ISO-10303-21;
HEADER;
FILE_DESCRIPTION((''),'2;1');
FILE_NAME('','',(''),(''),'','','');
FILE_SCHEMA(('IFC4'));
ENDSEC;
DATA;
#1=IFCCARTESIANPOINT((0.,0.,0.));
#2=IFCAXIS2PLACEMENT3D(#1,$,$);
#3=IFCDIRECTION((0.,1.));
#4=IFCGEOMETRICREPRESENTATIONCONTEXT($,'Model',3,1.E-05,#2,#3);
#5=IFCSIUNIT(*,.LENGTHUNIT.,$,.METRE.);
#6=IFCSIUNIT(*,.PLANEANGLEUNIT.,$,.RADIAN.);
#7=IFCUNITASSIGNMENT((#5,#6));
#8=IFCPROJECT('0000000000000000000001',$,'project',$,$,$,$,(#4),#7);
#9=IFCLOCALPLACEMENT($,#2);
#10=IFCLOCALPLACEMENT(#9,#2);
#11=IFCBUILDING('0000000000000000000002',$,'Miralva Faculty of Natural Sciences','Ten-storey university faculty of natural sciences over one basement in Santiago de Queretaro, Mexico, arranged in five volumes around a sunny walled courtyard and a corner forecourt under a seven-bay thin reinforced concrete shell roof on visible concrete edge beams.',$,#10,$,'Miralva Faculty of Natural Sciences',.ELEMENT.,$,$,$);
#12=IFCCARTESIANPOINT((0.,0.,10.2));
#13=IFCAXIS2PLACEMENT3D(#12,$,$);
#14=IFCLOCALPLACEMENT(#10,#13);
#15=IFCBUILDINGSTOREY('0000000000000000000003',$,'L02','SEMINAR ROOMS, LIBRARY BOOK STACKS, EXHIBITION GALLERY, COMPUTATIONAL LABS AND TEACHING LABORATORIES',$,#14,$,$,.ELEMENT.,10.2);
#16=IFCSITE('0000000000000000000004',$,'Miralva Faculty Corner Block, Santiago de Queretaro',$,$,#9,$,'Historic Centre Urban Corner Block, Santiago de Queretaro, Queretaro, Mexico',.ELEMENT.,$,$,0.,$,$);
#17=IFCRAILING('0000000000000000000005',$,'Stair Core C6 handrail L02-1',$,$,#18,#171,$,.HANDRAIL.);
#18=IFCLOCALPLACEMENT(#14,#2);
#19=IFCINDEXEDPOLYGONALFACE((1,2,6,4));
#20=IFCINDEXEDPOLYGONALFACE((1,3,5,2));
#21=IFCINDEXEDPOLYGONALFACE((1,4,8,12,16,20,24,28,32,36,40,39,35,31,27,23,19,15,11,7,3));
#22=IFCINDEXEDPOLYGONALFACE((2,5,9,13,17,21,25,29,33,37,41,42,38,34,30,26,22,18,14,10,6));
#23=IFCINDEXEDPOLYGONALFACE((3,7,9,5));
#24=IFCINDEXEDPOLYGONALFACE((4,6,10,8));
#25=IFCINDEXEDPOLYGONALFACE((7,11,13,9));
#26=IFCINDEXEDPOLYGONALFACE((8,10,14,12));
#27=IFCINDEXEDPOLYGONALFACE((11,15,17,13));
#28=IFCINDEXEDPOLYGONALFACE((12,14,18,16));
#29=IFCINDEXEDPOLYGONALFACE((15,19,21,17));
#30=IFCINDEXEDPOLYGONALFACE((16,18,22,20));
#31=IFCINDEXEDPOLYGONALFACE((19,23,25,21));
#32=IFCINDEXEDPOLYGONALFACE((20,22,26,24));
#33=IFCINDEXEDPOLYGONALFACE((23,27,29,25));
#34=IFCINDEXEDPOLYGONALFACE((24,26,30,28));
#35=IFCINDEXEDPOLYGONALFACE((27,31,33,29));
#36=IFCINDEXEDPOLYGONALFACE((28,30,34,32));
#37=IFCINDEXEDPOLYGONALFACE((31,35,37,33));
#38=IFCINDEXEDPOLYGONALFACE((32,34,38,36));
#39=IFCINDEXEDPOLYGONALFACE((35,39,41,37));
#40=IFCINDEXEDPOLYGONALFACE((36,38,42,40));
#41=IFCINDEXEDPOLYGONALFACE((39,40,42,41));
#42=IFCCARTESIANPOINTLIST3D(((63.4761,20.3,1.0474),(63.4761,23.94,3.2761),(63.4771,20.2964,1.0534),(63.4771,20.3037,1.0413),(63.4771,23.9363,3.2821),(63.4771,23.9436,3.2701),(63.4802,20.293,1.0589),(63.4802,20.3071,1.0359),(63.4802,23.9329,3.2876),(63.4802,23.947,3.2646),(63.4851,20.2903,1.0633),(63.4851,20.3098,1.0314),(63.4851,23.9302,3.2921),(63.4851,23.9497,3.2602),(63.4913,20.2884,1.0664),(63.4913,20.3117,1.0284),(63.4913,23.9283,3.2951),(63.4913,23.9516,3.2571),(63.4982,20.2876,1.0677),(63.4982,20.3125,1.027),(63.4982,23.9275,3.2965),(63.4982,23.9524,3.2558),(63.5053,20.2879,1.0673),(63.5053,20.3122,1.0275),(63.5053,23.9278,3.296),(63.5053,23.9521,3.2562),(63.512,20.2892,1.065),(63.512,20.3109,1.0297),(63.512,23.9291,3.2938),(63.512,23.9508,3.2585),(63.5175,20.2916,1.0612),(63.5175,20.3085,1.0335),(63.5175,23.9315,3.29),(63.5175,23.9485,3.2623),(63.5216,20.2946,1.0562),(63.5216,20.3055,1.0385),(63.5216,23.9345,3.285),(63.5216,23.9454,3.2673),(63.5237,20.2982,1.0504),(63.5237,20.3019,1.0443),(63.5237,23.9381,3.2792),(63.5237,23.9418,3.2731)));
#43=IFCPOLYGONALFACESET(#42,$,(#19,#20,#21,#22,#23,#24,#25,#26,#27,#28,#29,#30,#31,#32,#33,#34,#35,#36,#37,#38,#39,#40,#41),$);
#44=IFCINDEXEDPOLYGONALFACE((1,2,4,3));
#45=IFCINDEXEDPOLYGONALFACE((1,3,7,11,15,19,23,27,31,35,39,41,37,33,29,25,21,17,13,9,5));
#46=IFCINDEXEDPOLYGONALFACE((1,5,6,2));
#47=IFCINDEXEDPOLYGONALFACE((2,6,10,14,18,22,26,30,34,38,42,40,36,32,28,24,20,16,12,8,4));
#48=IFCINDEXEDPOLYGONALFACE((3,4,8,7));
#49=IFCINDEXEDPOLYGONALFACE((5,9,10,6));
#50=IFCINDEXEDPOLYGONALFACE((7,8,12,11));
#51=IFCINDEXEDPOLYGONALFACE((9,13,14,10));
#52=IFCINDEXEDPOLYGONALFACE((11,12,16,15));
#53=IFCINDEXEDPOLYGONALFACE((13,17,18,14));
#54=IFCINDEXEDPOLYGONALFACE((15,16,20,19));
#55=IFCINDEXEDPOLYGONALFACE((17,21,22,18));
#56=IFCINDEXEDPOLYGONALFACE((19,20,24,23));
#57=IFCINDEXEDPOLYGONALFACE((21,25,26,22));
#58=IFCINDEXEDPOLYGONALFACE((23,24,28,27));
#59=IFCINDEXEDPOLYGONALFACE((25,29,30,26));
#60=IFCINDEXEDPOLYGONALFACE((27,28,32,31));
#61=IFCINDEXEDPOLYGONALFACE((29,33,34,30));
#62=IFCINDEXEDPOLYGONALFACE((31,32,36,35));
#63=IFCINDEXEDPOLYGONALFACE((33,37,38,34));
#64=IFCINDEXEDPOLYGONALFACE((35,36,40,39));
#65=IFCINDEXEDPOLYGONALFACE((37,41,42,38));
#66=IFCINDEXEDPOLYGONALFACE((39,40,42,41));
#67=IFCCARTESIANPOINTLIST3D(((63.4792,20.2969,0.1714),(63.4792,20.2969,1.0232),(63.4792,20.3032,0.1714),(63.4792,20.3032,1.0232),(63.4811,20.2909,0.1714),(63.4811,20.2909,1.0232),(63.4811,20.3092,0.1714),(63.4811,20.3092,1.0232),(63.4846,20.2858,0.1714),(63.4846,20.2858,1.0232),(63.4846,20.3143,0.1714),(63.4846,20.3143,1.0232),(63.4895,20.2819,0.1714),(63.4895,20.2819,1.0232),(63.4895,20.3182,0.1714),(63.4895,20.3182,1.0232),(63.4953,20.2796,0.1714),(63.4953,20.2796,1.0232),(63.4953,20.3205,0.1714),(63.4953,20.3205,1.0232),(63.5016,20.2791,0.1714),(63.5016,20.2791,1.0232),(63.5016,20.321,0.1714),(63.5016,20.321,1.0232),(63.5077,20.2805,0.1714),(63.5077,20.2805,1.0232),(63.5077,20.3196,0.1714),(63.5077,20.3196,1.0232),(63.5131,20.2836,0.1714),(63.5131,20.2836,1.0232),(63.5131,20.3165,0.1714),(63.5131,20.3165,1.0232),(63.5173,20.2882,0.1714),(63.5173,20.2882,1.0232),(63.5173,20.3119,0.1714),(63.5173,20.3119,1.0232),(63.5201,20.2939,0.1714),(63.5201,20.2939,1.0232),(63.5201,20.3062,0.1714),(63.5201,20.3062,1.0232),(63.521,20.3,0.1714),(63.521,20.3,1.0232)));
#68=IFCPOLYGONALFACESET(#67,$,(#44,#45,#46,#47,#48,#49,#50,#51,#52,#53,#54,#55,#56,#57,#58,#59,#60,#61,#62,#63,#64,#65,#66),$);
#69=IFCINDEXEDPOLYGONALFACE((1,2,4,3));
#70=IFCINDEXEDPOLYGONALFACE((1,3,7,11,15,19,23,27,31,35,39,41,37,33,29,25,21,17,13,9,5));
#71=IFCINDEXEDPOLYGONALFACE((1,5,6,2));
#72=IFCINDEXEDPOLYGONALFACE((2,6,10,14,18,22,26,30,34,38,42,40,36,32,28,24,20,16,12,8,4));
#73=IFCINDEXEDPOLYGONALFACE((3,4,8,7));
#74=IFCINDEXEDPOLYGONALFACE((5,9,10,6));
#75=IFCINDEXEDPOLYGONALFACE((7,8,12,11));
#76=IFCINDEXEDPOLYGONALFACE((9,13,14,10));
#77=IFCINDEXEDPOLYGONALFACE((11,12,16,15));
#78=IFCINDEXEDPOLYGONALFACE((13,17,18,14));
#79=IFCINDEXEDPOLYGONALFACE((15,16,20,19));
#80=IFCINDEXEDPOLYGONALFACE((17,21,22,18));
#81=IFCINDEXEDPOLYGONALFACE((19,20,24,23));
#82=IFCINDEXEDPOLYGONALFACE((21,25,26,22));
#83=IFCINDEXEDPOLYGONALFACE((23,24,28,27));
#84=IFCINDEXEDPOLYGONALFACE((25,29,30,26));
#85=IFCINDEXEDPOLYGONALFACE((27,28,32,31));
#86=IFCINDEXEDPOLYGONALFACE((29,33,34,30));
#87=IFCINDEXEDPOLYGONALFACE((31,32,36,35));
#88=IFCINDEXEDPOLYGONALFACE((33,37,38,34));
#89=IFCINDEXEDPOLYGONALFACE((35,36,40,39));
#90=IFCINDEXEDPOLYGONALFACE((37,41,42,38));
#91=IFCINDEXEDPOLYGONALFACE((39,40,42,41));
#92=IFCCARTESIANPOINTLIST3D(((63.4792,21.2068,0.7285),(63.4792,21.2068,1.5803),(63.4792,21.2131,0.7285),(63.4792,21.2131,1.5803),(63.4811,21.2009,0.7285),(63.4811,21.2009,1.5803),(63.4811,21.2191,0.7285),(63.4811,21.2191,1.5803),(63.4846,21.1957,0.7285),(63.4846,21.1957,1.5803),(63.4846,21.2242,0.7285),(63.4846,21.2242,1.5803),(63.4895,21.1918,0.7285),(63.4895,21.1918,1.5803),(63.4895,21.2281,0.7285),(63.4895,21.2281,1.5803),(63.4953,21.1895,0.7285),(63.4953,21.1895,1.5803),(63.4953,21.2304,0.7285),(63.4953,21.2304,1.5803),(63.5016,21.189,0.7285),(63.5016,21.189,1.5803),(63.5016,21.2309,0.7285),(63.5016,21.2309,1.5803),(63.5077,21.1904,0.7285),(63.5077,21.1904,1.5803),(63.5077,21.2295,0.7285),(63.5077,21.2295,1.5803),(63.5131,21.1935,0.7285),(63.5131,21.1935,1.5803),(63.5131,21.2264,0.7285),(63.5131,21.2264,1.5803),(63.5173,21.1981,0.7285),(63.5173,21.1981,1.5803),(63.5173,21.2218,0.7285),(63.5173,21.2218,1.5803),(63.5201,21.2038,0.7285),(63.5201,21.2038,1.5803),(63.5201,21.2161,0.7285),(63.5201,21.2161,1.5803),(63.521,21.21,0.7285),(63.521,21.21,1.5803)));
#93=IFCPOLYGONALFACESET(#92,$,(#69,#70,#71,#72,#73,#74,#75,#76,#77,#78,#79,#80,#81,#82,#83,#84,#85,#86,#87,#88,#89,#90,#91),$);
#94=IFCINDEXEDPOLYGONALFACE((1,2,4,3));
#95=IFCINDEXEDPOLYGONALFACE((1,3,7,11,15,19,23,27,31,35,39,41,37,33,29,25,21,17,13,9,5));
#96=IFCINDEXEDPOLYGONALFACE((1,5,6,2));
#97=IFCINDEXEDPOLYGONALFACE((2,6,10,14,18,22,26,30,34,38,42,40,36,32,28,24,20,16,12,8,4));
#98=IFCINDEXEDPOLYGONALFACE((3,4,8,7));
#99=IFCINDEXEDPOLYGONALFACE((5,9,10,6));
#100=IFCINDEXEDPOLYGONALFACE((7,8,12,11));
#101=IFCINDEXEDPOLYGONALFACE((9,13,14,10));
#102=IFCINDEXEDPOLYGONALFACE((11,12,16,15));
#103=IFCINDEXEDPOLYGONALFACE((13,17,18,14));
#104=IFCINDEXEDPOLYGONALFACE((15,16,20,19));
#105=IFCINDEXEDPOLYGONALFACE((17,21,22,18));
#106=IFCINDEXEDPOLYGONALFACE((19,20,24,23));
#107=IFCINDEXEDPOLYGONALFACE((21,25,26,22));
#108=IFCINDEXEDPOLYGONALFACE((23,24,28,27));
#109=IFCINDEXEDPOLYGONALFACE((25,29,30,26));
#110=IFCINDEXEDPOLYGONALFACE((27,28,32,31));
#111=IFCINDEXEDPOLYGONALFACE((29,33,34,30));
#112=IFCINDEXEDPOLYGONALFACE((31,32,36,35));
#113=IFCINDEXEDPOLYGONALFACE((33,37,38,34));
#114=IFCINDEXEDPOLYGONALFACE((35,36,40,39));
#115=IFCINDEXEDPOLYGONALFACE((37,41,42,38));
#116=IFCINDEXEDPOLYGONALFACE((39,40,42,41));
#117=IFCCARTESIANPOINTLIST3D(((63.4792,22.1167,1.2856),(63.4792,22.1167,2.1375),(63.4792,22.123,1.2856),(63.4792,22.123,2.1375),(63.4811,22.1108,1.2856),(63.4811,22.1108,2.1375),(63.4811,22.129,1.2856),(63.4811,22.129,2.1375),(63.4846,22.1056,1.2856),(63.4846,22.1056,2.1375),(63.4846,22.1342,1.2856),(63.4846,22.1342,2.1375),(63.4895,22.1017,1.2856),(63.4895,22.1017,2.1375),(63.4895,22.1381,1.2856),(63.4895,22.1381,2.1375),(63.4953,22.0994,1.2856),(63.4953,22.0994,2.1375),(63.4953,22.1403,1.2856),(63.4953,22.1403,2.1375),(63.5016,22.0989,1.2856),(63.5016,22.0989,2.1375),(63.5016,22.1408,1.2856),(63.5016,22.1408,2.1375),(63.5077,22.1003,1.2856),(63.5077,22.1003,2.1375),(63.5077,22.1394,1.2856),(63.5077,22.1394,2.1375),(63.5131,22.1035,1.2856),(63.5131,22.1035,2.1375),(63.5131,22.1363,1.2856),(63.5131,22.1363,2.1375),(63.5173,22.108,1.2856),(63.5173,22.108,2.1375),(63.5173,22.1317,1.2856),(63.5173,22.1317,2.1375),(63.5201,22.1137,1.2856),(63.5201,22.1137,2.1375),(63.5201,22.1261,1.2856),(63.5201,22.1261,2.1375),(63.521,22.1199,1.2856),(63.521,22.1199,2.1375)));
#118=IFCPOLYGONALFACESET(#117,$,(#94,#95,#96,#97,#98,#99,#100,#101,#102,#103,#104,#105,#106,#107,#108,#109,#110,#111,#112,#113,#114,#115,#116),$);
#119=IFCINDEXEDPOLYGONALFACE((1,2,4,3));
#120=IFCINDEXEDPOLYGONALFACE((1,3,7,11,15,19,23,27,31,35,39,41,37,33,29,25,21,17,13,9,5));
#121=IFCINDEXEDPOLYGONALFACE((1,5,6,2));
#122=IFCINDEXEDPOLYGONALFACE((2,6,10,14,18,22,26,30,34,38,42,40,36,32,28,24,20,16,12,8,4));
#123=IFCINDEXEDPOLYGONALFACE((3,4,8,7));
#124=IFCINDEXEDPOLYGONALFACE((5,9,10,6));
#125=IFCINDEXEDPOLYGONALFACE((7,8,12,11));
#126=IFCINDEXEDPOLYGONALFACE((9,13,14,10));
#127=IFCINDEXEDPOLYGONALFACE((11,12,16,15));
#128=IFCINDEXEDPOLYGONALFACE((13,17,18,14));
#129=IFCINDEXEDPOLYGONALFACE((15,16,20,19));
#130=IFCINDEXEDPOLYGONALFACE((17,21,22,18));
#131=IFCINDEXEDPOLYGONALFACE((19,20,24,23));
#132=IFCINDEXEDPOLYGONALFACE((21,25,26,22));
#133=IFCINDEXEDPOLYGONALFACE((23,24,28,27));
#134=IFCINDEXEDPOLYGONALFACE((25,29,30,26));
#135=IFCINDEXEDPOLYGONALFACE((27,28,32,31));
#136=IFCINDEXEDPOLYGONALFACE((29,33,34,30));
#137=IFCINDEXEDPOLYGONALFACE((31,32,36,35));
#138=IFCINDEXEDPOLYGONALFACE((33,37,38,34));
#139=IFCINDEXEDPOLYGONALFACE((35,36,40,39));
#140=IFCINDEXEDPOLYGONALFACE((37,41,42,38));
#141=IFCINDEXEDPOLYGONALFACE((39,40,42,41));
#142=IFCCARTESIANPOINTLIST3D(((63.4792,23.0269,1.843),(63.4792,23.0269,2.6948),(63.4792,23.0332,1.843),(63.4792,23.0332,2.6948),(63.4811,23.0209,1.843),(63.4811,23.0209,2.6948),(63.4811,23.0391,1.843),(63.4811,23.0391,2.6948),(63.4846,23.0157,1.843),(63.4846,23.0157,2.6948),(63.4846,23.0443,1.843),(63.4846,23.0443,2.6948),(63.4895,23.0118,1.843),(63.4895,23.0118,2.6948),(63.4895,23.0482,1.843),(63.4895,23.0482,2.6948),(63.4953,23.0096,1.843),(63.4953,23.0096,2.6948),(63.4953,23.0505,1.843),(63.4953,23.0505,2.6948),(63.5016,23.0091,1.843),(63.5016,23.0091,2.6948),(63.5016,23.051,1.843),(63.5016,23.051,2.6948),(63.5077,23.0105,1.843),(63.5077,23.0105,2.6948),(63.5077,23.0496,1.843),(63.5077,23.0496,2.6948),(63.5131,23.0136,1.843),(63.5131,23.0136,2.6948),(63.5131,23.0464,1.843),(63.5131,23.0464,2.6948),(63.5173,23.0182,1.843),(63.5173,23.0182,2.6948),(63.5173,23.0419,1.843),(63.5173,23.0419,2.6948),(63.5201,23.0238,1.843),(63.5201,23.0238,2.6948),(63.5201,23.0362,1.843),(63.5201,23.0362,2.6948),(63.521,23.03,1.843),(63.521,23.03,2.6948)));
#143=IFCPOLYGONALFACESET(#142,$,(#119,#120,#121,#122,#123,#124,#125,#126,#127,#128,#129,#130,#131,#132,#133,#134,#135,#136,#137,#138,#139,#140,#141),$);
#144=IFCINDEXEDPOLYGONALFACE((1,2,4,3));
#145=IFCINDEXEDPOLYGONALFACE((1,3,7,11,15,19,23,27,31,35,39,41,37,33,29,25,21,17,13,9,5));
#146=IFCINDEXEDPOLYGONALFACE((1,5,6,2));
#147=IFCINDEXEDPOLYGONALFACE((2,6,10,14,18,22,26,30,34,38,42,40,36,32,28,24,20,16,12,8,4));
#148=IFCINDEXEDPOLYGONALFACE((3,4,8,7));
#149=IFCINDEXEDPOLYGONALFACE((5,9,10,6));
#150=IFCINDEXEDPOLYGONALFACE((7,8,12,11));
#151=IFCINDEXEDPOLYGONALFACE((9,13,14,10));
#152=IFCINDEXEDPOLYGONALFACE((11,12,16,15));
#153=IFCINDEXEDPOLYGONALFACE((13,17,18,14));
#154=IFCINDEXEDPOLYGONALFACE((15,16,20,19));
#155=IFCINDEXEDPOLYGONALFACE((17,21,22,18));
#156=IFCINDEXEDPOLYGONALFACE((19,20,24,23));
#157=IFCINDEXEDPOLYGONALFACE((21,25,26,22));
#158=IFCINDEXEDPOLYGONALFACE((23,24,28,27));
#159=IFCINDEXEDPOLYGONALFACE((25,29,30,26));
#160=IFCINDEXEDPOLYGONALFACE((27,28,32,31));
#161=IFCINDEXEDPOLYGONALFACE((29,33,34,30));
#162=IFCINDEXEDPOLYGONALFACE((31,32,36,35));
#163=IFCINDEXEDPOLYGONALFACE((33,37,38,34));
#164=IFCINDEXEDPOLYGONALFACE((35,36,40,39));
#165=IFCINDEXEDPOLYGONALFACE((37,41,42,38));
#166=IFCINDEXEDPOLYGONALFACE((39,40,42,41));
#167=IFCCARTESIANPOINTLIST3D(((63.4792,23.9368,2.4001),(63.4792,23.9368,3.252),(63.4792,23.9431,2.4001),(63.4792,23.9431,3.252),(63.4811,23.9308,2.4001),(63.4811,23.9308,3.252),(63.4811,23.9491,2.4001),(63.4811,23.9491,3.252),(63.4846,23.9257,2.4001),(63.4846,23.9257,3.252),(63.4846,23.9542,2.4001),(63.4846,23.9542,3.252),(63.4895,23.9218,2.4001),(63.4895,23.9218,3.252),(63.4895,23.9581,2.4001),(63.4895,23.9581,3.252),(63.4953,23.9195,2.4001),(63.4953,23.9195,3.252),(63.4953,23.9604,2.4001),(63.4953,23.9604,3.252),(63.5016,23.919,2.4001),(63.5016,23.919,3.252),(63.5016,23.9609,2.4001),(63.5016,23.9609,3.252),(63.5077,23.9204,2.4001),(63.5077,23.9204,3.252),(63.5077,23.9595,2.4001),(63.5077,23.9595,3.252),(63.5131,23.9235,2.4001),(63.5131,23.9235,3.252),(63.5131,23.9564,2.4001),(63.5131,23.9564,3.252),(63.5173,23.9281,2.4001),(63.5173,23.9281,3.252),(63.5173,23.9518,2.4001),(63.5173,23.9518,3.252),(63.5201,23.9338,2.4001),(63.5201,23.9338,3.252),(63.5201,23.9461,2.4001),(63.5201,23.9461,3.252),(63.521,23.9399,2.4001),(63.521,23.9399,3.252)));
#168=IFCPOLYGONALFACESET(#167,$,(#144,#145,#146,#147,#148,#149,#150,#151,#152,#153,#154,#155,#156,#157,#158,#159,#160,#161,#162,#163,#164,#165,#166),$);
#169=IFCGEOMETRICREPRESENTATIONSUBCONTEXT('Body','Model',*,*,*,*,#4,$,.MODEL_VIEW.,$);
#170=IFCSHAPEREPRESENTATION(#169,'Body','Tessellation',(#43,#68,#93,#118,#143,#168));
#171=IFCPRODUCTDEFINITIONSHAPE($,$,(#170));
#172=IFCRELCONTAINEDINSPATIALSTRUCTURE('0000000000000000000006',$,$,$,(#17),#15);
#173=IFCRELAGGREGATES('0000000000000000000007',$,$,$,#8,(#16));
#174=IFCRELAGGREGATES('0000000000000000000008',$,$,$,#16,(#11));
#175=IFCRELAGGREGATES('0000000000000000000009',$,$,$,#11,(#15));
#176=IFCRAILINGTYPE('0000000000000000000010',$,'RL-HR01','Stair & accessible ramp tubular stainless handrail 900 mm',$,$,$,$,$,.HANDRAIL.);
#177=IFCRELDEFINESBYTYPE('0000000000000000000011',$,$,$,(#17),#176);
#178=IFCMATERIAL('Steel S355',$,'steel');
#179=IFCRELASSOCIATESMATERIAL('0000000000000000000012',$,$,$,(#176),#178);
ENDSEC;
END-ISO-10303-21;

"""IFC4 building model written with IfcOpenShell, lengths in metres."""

from ifc_helpers import new_model, si_unit, direction, frame, origin, origin_2d, place, context, subcontext, project, spatial, circle, extrude, material, type_object, element, save


model = new_model("IFC4")

# Units and contexts
model_context = context("Model", 3, precision=1e-05, world=origin(), true_north=direction((0.0, 1.0)))
body_context = subcontext(model_context, "Body", "Model", "MODEL_VIEW")
ifc_project = project(units=[si_unit("LENGTHUNIT", "METRE"), si_unit("PLANEANGLEUNIT", "RADIAN")], contexts=[model_context])

# Site, building, storey
site_placement = place(None, origin())
site = spatial("IfcSite", under=ifc_project, at=site_placement, Name="Miralva Faculty Corner Block, Santiago de Queretaro", LongName="Historic Centre Urban Corner Block, Santiago de Queretaro, Queretaro, Mexico", CompositionType="ELEMENT", RefElevation=0.0)
building_placement = place(site_placement, origin())
building = spatial("IfcBuilding", under=site, at=building_placement, Name="Miralva Faculty of Natural Sciences", Description="Ten-storey university faculty of natural sciences over one basement in Santiago de Queretaro, Mexico, arranged in five volumes around a sunny walled courtyard and a corner forecourt under a seven-bay thin reinforced concrete shell roof on visible concrete edge beams.", LongName="Miralva Faculty of Natural Sciences", CompositionType="ELEMENT")
storey_placement = place(building_placement, frame((0.0, 0.0, 10.2)))
storey = spatial("IfcBuildingStorey", under=building, at=storey_placement, Name="L02", Description="SEMINAR ROOMS, LIBRARY BOOK STACKS, EXHIBITION GALLERY, COMPUTATIONAL LABS AND TEACHING LABORATORIES", CompositionType="ELEMENT", Elevation=10.2)

# Railing
ifc_material_1 = material(Name="Steel S355", Category="steel")
railing_type_1 = type_object("IfcRailingType", Name="RL-HR01", Description="Stair & accessible ramp tubular stainless handrail 900 mm", PredefinedType="HANDRAIL", material=ifc_material_1)
railing_1_placement = place(storey_placement, frame((63.5, 20.3, 0.1714)))
element("IfcRailing", 1, at=railing_1_placement, inside=storey, type_object=railing_type_1, Name="Stair Core C6 handrail L02-1", PredefinedType="HANDRAIL", context=body_context, shape_type="SweptSolid", body=[
    extrude(circle(Radius=0.0239, at=origin_2d()), frame((0.0, 0.0, 0.876), z_axis=(0.0, 0.852825, 0.522197), x_axis=(-1.0, 0.0, 0.0)), (0.0, 0.0, 1.0), 4.2681),
    extrude(circle(Radius=0.021, at=origin_2d()), origin(), (0.0, 0.0, 1.0), 0.8518),
    extrude(circle(Radius=0.021, at=origin_2d()), frame((0.0, 0.9099, 0.5571)), (0.0, 0.0, 1.0), 0.8518),
    extrude(circle(Radius=0.021, at=origin_2d()), frame((0.0, 1.8198, 1.1143)), (0.0, 0.0, 1.0), 0.8518),
    extrude(circle(Radius=0.021, at=origin_2d()), frame((0.0, 2.73, 1.6716)), (0.0, 0.0, 1.0), 0.8518),
    extrude(circle(Radius=0.021, at=origin_2d()), frame((0.0, 3.6399, 2.2288)), (0.0, 0.0, 1.0), 0.8518),
])

save(model, "model.ifc")
